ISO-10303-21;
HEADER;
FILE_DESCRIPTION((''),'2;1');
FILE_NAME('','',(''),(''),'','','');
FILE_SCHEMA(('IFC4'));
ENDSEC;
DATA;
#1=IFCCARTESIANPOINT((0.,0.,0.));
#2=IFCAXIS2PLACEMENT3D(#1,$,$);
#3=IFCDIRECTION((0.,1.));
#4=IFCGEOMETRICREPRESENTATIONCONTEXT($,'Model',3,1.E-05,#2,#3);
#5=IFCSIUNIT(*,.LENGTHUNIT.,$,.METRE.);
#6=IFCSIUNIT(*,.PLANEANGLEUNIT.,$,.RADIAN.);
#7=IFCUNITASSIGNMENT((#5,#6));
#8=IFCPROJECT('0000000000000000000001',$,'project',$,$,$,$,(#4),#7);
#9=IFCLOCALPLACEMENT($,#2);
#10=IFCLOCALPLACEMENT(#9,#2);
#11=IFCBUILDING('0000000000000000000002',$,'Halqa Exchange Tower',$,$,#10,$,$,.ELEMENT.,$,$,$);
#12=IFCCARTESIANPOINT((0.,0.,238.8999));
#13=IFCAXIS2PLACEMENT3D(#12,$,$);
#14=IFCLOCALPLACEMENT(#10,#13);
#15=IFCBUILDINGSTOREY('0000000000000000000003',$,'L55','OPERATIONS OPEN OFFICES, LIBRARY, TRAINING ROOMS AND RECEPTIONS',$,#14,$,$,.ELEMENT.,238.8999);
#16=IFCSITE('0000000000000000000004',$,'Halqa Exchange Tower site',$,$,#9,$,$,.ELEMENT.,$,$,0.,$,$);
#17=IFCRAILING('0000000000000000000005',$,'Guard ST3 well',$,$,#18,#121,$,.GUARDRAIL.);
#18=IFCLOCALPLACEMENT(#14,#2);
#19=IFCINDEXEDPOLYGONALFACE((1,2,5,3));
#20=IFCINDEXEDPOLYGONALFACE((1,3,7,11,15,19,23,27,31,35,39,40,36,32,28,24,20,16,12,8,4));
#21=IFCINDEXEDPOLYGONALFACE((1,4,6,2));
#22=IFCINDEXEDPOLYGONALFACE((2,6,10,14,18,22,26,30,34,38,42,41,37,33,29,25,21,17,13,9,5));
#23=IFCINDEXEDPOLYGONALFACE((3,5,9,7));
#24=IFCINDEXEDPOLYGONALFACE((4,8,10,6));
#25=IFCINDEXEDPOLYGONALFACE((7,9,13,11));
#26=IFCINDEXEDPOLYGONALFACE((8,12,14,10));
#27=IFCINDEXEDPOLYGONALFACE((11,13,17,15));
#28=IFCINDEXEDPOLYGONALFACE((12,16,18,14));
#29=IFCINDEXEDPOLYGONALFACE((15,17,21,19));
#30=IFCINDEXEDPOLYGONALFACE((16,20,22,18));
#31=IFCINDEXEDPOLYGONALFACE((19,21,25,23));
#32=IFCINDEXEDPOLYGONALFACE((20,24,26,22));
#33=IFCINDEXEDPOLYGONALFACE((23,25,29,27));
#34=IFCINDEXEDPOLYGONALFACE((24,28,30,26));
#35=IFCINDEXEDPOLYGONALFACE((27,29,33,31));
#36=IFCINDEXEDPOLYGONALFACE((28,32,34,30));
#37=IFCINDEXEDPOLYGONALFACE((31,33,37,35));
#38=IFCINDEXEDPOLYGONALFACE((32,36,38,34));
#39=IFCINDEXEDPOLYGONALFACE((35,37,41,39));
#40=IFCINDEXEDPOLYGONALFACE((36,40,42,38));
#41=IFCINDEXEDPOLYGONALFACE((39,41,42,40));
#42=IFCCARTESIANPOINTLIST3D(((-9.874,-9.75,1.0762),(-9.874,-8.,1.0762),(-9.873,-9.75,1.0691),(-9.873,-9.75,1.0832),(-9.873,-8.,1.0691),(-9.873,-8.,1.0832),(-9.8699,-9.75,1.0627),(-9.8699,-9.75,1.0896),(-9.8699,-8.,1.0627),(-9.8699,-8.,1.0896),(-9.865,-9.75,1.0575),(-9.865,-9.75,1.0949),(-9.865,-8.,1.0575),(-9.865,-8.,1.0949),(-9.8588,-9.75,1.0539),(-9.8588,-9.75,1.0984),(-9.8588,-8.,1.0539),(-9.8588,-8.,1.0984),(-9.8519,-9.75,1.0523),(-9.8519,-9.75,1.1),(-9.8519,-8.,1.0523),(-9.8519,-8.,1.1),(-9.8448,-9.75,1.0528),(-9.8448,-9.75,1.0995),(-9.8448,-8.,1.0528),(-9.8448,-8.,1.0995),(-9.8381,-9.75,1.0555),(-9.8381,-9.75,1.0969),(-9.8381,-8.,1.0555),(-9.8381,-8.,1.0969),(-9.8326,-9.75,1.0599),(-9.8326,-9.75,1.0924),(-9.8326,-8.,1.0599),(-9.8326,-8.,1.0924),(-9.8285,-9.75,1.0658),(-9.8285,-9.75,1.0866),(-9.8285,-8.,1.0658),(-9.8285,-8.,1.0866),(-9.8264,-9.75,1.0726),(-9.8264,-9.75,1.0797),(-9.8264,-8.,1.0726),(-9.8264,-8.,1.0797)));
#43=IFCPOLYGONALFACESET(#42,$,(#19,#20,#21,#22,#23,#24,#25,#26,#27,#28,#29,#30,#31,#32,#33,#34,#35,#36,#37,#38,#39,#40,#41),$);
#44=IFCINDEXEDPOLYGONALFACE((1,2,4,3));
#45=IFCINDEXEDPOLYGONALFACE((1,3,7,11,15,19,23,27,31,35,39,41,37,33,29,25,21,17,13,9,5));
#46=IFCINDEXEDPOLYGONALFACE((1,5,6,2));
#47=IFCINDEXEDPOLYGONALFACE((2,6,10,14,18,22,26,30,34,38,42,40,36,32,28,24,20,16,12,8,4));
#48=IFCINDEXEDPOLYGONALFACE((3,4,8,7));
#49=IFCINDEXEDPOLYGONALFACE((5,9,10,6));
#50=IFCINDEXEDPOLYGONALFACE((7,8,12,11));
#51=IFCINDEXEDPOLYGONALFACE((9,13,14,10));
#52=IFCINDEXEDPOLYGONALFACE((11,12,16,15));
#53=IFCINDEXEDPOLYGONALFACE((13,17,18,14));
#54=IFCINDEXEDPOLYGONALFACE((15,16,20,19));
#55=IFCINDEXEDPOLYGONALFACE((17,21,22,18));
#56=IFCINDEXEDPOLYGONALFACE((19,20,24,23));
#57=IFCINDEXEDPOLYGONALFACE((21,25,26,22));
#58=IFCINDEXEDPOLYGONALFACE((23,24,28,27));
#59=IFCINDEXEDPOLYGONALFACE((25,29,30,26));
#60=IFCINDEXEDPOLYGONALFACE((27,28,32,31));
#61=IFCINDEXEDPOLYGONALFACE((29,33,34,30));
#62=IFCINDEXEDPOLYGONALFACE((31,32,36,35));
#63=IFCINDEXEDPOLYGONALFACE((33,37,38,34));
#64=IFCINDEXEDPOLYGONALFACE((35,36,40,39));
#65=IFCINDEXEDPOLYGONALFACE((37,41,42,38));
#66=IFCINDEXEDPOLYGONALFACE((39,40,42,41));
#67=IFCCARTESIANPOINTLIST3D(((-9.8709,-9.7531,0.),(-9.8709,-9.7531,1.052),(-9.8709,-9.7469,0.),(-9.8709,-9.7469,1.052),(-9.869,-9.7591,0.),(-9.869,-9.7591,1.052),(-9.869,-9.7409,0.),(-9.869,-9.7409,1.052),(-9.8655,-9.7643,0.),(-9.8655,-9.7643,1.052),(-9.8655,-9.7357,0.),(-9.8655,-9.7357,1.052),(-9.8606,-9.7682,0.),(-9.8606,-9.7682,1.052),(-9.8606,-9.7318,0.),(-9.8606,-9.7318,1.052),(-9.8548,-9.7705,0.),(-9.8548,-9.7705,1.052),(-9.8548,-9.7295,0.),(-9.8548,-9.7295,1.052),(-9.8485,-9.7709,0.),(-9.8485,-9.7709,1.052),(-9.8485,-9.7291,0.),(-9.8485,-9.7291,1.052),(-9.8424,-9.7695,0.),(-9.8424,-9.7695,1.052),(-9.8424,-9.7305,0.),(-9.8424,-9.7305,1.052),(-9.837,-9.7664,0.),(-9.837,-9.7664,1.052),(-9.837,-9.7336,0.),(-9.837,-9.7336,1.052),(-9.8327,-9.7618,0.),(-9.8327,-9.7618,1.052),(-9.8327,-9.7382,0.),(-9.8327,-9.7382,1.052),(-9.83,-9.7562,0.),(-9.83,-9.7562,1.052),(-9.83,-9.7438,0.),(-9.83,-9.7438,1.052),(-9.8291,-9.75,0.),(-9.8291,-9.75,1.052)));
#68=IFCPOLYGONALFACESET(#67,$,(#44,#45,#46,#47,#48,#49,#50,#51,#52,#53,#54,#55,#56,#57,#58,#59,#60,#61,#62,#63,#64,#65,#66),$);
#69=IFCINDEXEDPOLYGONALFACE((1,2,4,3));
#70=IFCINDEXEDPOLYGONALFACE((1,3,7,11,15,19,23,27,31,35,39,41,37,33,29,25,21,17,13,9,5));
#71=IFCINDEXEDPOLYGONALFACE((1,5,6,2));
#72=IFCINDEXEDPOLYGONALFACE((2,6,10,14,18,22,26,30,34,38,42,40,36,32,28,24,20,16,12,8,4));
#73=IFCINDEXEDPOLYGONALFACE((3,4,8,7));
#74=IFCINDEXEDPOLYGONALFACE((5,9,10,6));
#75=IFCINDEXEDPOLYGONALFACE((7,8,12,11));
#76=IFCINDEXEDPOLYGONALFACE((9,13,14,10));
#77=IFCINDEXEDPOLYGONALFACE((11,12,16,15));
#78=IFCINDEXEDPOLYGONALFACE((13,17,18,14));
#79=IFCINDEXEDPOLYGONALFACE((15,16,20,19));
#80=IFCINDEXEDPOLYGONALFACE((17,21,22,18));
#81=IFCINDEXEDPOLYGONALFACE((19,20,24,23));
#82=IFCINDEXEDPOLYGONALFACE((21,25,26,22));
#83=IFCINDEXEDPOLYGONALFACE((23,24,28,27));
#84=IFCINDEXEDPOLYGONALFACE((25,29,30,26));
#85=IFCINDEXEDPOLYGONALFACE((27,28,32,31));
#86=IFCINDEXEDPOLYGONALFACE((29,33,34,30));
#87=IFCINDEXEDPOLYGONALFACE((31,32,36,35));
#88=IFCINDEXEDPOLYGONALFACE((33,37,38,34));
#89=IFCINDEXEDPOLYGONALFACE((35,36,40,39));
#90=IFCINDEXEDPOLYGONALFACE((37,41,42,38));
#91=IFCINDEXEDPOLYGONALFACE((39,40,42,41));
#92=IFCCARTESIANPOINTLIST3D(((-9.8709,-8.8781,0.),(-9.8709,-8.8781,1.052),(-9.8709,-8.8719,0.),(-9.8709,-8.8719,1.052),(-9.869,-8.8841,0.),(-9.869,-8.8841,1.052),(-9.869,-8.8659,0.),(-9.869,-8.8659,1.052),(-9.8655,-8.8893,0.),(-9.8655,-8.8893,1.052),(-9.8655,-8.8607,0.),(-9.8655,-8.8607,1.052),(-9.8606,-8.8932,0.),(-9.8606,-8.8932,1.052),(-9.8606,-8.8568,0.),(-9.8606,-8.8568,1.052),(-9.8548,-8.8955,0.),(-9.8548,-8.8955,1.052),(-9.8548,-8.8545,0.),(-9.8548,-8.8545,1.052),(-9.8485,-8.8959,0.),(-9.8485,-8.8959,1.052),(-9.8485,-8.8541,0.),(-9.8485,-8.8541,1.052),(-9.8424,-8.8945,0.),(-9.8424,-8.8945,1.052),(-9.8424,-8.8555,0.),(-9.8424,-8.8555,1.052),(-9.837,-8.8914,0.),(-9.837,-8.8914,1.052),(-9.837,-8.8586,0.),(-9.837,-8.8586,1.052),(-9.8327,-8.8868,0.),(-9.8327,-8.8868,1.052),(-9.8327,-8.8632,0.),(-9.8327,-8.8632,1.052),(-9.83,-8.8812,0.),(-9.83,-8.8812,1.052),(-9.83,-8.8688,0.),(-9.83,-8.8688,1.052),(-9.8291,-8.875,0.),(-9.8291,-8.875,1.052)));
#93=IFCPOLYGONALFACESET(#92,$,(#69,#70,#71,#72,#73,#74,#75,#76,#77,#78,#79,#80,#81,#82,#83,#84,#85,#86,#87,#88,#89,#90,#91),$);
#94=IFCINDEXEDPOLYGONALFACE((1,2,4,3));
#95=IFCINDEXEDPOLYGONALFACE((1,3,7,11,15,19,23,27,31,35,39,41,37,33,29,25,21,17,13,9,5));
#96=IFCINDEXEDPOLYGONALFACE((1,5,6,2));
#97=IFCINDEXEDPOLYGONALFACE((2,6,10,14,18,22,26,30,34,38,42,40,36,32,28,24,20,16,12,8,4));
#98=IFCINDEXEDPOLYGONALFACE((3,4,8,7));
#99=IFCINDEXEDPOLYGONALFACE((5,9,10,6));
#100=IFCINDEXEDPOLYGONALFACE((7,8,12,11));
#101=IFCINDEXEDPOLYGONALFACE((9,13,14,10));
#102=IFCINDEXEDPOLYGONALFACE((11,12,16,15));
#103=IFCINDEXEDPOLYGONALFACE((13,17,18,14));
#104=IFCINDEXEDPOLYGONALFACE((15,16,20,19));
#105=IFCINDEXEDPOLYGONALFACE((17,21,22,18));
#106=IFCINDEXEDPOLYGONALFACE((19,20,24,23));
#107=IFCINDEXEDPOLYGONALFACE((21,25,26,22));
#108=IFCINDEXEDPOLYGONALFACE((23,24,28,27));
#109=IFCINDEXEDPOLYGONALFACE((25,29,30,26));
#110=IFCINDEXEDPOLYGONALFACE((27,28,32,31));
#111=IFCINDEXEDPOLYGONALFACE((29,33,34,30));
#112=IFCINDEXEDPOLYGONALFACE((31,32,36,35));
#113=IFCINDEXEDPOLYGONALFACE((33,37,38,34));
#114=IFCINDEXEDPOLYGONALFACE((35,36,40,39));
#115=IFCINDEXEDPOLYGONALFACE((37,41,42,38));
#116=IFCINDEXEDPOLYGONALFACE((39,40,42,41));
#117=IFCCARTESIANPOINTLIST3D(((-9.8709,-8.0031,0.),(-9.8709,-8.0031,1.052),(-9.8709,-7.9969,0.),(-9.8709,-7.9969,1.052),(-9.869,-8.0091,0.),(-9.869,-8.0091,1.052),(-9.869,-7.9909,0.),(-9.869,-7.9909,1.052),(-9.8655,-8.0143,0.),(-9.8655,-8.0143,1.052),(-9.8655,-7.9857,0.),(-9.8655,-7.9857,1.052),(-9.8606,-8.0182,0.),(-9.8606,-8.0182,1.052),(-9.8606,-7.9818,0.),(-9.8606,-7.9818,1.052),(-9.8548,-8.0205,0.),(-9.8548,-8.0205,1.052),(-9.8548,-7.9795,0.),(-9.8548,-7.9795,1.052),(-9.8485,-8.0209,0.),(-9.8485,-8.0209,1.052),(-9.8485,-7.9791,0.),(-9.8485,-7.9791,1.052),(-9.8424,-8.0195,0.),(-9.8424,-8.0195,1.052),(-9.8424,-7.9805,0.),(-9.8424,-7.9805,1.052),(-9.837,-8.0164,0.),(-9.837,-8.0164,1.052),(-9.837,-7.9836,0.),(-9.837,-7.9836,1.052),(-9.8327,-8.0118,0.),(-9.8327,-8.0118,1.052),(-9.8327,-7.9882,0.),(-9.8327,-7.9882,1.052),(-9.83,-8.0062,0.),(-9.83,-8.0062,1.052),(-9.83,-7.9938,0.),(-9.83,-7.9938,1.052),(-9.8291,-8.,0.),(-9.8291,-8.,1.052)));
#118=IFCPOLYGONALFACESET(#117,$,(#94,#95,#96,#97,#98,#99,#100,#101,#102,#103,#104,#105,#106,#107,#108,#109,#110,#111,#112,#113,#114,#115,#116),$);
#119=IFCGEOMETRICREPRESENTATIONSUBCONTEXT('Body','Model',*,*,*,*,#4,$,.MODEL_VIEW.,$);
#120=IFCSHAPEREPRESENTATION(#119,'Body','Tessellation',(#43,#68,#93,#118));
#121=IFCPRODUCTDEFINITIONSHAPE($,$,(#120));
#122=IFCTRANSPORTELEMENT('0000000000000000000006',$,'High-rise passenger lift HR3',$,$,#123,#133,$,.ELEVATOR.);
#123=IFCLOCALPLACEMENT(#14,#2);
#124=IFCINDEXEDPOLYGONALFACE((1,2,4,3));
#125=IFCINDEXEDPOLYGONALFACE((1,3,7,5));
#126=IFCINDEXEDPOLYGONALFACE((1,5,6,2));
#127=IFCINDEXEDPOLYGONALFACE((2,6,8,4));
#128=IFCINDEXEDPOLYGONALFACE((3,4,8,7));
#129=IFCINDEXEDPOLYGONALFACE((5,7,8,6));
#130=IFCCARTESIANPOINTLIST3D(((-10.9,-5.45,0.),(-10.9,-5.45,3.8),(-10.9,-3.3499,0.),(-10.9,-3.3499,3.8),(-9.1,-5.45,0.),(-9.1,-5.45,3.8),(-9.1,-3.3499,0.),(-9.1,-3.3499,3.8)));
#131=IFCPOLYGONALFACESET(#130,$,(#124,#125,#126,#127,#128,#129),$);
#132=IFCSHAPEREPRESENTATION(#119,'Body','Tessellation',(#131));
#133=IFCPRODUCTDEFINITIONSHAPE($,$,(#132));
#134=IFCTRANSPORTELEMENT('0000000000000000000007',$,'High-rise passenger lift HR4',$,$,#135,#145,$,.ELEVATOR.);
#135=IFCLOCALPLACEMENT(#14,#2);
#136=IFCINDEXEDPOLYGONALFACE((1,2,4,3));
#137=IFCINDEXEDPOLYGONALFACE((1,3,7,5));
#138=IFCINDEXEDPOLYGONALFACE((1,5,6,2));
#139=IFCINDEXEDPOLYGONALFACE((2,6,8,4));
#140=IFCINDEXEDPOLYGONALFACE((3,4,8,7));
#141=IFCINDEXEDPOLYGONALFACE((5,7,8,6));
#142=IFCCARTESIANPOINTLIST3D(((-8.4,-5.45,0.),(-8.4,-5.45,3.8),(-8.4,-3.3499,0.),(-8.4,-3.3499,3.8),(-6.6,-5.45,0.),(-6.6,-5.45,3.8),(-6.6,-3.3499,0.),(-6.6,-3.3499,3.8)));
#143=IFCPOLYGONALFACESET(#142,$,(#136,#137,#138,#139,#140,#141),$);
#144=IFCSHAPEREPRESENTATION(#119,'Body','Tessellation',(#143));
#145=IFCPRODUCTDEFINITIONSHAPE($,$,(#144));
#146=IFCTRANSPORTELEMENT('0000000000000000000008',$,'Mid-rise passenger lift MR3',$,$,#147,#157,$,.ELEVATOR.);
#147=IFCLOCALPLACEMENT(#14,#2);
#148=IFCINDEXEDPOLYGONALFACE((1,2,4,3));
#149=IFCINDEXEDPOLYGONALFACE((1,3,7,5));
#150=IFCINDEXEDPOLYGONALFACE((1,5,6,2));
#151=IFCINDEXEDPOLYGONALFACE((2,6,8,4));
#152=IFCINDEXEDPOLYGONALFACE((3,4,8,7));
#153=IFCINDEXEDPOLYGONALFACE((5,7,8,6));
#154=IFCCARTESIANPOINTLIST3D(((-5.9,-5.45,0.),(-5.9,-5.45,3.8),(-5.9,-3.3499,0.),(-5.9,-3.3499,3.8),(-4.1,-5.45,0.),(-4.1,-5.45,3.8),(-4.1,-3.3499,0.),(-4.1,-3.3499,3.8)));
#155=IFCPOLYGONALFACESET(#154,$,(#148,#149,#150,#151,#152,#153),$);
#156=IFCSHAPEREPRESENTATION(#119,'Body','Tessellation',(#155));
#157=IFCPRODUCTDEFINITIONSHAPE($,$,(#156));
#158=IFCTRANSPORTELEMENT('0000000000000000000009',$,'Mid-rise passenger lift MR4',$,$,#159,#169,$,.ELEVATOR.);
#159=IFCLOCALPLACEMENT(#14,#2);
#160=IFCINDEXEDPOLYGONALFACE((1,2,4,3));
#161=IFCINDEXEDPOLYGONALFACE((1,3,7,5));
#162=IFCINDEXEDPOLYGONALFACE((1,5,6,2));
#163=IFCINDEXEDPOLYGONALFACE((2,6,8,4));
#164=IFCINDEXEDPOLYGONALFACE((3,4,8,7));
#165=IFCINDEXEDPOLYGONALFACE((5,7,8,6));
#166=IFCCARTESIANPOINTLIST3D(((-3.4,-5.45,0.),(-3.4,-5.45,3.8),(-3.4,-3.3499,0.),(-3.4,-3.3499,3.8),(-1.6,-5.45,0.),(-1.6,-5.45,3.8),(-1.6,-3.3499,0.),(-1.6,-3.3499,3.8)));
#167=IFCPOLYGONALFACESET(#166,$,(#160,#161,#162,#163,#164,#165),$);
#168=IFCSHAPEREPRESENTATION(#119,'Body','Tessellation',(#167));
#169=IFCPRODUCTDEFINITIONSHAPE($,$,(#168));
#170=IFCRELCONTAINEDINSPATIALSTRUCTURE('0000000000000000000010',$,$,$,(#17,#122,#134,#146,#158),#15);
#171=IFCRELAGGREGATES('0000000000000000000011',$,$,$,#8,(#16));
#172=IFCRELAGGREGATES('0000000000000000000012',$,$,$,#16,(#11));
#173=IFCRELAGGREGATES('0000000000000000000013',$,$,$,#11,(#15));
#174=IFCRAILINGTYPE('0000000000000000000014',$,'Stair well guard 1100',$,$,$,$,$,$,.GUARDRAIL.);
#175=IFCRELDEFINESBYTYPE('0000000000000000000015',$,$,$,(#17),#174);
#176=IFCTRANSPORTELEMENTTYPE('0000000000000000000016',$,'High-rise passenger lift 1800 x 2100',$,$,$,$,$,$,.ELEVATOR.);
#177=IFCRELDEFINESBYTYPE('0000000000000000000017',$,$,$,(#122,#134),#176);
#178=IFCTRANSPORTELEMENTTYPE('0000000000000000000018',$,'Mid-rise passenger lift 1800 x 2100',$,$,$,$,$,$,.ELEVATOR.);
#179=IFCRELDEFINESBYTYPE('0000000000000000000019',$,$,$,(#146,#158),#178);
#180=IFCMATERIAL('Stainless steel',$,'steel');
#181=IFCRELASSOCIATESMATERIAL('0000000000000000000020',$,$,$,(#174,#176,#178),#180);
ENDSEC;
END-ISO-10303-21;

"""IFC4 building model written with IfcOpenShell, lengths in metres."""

from ifc_helpers import new_model, si_unit, direction, frame, origin, origin_2d, place, context, subcontext, project, spatial, rectangle, circle, extrude, material, type_object, element, save


model = new_model("IFC4")

# Units and contexts
model_context = context("Model", 3, precision=1e-05, world=origin(), true_north=direction((0.0, 1.0)))
body_context = subcontext(model_context, "Body", "Model", "MODEL_VIEW")
ifc_project = project(units=[si_unit("LENGTHUNIT", "METRE"), si_unit("PLANEANGLEUNIT", "RADIAN")], contexts=[model_context])

# Site, building, storey
site_placement = place(None, origin())
site = spatial("IfcSite", under=ifc_project, at=site_placement, Name="Halqa Exchange Tower site", CompositionType="ELEMENT", RefElevation=0.0)
building_placement = place(site_placement, origin())
building = spatial("IfcBuilding", under=site, at=building_placement, Name="Halqa Exchange Tower", CompositionType="ELEMENT")
storey_placement = place(building_placement, frame((0.0, 0.0, 238.8999)))
storey = spatial("IfcBuildingStorey", under=building, at=storey_placement, Name="L55", Description="OPERATIONS OPEN OFFICES, LIBRARY, TRAINING ROOMS AND RECEPTIONS", CompositionType="ELEMENT", Elevation=238.8999)

# Shared definitions
ifc_material_1 = material(Name="Stainless steel", Category="steel")

# Railing
railing_type_1 = type_object("IfcRailingType", Name="Stair well guard 1100", PredefinedType="GUARDRAIL", material=ifc_material_1)
railing_1_placement = place(storey_placement, frame((-9.8501, -9.75, 0.0)))
element("IfcRailing", 1, at=railing_1_placement, inside=storey, type_object=railing_type_1, Name="Guard ST3 well", PredefinedType="GUARDRAIL", context=body_context, shape_type="SweptSolid", body=[
    extrude(circle(Radius=0.0239, at=origin_2d()), frame((0.0, 0.0, 1.0762), z_axis=(0.0, 1.0, 0.0), x_axis=(-1.0, 0.0, 0.0)), (0.0, 0.0, 1.0), 1.75),
    extrude(circle(Radius=0.021, at=origin_2d()), origin(), (0.0, 0.0, 1.0), 1.052),
    extrude(circle(Radius=0.021, at=origin_2d()), frame((0.0, 0.875, 0.0)), (0.0, 0.0, 1.0), 1.052),
    extrude(circle(Radius=0.021, at=origin_2d()), frame((0.0, 1.75, 0.0)), (0.0, 0.0, 1.0), 1.052),
])

# Transport elements
transport_element_type_1 = type_object("IfcTransportElementType", Name="High-rise passenger lift 1800 x 2100", PredefinedType="ELEVATOR", material=ifc_material_1)
for number, where, z_axis, x_axis, name in (
    (2, (-10.0, -4.3999, 0.0), (0.0, 0.0, 1.0), (1.0, 0.0, 0.0), "High-rise passenger lift HR3"),
    (3, (-7.5, -4.3999, 0.0), (0.0, 0.0, 1.0), (1.0, 0.0, 0.0), "High-rise passenger lift HR4"),
):
    element("IfcTransportElement", number, at=place(storey_placement, frame(where, z_axis=z_axis, x_axis=x_axis)), inside=storey, type_object=transport_element_type_1, Name=name, PredefinedType="ELEVATOR", context=body_context, shape_type="SweptSolid", body=[
        extrude(rectangle(XDim=1.8, YDim=2.1001, at=origin_2d()), origin(), (0.0, 0.0, 1.0), 3.8),
    ])
transport_element_type_2 = type_object("IfcTransportElementType", Name="Mid-rise passenger lift 1800 x 2100", PredefinedType="ELEVATOR", material=ifc_material_1)
for number, where, z_axis, x_axis, name in (
    (4, (-5.0, -4.3999, 0.0), (0.0, 0.0, 1.0), (1.0, 0.0, 0.0), "Mid-rise passenger lift MR3"),
    (5, (-2.5, -4.3999, 0.0), (0.0, 0.0, 1.0), (1.0, 0.0, 0.0), "Mid-rise passenger lift MR4"),
):
    element("IfcTransportElement", number, at=place(storey_placement, frame(where, z_axis=z_axis, x_axis=x_axis)), inside=storey, type_object=transport_element_type_2, Name=name, PredefinedType="ELEVATOR", context=body_context, shape_type="SweptSolid", body=[
        extrude(rectangle(XDim=1.8, YDim=2.1001, at=origin_2d()), origin(), (0.0, 0.0, 1.0), 3.8),
    ])

save(model, "model.ifc")
